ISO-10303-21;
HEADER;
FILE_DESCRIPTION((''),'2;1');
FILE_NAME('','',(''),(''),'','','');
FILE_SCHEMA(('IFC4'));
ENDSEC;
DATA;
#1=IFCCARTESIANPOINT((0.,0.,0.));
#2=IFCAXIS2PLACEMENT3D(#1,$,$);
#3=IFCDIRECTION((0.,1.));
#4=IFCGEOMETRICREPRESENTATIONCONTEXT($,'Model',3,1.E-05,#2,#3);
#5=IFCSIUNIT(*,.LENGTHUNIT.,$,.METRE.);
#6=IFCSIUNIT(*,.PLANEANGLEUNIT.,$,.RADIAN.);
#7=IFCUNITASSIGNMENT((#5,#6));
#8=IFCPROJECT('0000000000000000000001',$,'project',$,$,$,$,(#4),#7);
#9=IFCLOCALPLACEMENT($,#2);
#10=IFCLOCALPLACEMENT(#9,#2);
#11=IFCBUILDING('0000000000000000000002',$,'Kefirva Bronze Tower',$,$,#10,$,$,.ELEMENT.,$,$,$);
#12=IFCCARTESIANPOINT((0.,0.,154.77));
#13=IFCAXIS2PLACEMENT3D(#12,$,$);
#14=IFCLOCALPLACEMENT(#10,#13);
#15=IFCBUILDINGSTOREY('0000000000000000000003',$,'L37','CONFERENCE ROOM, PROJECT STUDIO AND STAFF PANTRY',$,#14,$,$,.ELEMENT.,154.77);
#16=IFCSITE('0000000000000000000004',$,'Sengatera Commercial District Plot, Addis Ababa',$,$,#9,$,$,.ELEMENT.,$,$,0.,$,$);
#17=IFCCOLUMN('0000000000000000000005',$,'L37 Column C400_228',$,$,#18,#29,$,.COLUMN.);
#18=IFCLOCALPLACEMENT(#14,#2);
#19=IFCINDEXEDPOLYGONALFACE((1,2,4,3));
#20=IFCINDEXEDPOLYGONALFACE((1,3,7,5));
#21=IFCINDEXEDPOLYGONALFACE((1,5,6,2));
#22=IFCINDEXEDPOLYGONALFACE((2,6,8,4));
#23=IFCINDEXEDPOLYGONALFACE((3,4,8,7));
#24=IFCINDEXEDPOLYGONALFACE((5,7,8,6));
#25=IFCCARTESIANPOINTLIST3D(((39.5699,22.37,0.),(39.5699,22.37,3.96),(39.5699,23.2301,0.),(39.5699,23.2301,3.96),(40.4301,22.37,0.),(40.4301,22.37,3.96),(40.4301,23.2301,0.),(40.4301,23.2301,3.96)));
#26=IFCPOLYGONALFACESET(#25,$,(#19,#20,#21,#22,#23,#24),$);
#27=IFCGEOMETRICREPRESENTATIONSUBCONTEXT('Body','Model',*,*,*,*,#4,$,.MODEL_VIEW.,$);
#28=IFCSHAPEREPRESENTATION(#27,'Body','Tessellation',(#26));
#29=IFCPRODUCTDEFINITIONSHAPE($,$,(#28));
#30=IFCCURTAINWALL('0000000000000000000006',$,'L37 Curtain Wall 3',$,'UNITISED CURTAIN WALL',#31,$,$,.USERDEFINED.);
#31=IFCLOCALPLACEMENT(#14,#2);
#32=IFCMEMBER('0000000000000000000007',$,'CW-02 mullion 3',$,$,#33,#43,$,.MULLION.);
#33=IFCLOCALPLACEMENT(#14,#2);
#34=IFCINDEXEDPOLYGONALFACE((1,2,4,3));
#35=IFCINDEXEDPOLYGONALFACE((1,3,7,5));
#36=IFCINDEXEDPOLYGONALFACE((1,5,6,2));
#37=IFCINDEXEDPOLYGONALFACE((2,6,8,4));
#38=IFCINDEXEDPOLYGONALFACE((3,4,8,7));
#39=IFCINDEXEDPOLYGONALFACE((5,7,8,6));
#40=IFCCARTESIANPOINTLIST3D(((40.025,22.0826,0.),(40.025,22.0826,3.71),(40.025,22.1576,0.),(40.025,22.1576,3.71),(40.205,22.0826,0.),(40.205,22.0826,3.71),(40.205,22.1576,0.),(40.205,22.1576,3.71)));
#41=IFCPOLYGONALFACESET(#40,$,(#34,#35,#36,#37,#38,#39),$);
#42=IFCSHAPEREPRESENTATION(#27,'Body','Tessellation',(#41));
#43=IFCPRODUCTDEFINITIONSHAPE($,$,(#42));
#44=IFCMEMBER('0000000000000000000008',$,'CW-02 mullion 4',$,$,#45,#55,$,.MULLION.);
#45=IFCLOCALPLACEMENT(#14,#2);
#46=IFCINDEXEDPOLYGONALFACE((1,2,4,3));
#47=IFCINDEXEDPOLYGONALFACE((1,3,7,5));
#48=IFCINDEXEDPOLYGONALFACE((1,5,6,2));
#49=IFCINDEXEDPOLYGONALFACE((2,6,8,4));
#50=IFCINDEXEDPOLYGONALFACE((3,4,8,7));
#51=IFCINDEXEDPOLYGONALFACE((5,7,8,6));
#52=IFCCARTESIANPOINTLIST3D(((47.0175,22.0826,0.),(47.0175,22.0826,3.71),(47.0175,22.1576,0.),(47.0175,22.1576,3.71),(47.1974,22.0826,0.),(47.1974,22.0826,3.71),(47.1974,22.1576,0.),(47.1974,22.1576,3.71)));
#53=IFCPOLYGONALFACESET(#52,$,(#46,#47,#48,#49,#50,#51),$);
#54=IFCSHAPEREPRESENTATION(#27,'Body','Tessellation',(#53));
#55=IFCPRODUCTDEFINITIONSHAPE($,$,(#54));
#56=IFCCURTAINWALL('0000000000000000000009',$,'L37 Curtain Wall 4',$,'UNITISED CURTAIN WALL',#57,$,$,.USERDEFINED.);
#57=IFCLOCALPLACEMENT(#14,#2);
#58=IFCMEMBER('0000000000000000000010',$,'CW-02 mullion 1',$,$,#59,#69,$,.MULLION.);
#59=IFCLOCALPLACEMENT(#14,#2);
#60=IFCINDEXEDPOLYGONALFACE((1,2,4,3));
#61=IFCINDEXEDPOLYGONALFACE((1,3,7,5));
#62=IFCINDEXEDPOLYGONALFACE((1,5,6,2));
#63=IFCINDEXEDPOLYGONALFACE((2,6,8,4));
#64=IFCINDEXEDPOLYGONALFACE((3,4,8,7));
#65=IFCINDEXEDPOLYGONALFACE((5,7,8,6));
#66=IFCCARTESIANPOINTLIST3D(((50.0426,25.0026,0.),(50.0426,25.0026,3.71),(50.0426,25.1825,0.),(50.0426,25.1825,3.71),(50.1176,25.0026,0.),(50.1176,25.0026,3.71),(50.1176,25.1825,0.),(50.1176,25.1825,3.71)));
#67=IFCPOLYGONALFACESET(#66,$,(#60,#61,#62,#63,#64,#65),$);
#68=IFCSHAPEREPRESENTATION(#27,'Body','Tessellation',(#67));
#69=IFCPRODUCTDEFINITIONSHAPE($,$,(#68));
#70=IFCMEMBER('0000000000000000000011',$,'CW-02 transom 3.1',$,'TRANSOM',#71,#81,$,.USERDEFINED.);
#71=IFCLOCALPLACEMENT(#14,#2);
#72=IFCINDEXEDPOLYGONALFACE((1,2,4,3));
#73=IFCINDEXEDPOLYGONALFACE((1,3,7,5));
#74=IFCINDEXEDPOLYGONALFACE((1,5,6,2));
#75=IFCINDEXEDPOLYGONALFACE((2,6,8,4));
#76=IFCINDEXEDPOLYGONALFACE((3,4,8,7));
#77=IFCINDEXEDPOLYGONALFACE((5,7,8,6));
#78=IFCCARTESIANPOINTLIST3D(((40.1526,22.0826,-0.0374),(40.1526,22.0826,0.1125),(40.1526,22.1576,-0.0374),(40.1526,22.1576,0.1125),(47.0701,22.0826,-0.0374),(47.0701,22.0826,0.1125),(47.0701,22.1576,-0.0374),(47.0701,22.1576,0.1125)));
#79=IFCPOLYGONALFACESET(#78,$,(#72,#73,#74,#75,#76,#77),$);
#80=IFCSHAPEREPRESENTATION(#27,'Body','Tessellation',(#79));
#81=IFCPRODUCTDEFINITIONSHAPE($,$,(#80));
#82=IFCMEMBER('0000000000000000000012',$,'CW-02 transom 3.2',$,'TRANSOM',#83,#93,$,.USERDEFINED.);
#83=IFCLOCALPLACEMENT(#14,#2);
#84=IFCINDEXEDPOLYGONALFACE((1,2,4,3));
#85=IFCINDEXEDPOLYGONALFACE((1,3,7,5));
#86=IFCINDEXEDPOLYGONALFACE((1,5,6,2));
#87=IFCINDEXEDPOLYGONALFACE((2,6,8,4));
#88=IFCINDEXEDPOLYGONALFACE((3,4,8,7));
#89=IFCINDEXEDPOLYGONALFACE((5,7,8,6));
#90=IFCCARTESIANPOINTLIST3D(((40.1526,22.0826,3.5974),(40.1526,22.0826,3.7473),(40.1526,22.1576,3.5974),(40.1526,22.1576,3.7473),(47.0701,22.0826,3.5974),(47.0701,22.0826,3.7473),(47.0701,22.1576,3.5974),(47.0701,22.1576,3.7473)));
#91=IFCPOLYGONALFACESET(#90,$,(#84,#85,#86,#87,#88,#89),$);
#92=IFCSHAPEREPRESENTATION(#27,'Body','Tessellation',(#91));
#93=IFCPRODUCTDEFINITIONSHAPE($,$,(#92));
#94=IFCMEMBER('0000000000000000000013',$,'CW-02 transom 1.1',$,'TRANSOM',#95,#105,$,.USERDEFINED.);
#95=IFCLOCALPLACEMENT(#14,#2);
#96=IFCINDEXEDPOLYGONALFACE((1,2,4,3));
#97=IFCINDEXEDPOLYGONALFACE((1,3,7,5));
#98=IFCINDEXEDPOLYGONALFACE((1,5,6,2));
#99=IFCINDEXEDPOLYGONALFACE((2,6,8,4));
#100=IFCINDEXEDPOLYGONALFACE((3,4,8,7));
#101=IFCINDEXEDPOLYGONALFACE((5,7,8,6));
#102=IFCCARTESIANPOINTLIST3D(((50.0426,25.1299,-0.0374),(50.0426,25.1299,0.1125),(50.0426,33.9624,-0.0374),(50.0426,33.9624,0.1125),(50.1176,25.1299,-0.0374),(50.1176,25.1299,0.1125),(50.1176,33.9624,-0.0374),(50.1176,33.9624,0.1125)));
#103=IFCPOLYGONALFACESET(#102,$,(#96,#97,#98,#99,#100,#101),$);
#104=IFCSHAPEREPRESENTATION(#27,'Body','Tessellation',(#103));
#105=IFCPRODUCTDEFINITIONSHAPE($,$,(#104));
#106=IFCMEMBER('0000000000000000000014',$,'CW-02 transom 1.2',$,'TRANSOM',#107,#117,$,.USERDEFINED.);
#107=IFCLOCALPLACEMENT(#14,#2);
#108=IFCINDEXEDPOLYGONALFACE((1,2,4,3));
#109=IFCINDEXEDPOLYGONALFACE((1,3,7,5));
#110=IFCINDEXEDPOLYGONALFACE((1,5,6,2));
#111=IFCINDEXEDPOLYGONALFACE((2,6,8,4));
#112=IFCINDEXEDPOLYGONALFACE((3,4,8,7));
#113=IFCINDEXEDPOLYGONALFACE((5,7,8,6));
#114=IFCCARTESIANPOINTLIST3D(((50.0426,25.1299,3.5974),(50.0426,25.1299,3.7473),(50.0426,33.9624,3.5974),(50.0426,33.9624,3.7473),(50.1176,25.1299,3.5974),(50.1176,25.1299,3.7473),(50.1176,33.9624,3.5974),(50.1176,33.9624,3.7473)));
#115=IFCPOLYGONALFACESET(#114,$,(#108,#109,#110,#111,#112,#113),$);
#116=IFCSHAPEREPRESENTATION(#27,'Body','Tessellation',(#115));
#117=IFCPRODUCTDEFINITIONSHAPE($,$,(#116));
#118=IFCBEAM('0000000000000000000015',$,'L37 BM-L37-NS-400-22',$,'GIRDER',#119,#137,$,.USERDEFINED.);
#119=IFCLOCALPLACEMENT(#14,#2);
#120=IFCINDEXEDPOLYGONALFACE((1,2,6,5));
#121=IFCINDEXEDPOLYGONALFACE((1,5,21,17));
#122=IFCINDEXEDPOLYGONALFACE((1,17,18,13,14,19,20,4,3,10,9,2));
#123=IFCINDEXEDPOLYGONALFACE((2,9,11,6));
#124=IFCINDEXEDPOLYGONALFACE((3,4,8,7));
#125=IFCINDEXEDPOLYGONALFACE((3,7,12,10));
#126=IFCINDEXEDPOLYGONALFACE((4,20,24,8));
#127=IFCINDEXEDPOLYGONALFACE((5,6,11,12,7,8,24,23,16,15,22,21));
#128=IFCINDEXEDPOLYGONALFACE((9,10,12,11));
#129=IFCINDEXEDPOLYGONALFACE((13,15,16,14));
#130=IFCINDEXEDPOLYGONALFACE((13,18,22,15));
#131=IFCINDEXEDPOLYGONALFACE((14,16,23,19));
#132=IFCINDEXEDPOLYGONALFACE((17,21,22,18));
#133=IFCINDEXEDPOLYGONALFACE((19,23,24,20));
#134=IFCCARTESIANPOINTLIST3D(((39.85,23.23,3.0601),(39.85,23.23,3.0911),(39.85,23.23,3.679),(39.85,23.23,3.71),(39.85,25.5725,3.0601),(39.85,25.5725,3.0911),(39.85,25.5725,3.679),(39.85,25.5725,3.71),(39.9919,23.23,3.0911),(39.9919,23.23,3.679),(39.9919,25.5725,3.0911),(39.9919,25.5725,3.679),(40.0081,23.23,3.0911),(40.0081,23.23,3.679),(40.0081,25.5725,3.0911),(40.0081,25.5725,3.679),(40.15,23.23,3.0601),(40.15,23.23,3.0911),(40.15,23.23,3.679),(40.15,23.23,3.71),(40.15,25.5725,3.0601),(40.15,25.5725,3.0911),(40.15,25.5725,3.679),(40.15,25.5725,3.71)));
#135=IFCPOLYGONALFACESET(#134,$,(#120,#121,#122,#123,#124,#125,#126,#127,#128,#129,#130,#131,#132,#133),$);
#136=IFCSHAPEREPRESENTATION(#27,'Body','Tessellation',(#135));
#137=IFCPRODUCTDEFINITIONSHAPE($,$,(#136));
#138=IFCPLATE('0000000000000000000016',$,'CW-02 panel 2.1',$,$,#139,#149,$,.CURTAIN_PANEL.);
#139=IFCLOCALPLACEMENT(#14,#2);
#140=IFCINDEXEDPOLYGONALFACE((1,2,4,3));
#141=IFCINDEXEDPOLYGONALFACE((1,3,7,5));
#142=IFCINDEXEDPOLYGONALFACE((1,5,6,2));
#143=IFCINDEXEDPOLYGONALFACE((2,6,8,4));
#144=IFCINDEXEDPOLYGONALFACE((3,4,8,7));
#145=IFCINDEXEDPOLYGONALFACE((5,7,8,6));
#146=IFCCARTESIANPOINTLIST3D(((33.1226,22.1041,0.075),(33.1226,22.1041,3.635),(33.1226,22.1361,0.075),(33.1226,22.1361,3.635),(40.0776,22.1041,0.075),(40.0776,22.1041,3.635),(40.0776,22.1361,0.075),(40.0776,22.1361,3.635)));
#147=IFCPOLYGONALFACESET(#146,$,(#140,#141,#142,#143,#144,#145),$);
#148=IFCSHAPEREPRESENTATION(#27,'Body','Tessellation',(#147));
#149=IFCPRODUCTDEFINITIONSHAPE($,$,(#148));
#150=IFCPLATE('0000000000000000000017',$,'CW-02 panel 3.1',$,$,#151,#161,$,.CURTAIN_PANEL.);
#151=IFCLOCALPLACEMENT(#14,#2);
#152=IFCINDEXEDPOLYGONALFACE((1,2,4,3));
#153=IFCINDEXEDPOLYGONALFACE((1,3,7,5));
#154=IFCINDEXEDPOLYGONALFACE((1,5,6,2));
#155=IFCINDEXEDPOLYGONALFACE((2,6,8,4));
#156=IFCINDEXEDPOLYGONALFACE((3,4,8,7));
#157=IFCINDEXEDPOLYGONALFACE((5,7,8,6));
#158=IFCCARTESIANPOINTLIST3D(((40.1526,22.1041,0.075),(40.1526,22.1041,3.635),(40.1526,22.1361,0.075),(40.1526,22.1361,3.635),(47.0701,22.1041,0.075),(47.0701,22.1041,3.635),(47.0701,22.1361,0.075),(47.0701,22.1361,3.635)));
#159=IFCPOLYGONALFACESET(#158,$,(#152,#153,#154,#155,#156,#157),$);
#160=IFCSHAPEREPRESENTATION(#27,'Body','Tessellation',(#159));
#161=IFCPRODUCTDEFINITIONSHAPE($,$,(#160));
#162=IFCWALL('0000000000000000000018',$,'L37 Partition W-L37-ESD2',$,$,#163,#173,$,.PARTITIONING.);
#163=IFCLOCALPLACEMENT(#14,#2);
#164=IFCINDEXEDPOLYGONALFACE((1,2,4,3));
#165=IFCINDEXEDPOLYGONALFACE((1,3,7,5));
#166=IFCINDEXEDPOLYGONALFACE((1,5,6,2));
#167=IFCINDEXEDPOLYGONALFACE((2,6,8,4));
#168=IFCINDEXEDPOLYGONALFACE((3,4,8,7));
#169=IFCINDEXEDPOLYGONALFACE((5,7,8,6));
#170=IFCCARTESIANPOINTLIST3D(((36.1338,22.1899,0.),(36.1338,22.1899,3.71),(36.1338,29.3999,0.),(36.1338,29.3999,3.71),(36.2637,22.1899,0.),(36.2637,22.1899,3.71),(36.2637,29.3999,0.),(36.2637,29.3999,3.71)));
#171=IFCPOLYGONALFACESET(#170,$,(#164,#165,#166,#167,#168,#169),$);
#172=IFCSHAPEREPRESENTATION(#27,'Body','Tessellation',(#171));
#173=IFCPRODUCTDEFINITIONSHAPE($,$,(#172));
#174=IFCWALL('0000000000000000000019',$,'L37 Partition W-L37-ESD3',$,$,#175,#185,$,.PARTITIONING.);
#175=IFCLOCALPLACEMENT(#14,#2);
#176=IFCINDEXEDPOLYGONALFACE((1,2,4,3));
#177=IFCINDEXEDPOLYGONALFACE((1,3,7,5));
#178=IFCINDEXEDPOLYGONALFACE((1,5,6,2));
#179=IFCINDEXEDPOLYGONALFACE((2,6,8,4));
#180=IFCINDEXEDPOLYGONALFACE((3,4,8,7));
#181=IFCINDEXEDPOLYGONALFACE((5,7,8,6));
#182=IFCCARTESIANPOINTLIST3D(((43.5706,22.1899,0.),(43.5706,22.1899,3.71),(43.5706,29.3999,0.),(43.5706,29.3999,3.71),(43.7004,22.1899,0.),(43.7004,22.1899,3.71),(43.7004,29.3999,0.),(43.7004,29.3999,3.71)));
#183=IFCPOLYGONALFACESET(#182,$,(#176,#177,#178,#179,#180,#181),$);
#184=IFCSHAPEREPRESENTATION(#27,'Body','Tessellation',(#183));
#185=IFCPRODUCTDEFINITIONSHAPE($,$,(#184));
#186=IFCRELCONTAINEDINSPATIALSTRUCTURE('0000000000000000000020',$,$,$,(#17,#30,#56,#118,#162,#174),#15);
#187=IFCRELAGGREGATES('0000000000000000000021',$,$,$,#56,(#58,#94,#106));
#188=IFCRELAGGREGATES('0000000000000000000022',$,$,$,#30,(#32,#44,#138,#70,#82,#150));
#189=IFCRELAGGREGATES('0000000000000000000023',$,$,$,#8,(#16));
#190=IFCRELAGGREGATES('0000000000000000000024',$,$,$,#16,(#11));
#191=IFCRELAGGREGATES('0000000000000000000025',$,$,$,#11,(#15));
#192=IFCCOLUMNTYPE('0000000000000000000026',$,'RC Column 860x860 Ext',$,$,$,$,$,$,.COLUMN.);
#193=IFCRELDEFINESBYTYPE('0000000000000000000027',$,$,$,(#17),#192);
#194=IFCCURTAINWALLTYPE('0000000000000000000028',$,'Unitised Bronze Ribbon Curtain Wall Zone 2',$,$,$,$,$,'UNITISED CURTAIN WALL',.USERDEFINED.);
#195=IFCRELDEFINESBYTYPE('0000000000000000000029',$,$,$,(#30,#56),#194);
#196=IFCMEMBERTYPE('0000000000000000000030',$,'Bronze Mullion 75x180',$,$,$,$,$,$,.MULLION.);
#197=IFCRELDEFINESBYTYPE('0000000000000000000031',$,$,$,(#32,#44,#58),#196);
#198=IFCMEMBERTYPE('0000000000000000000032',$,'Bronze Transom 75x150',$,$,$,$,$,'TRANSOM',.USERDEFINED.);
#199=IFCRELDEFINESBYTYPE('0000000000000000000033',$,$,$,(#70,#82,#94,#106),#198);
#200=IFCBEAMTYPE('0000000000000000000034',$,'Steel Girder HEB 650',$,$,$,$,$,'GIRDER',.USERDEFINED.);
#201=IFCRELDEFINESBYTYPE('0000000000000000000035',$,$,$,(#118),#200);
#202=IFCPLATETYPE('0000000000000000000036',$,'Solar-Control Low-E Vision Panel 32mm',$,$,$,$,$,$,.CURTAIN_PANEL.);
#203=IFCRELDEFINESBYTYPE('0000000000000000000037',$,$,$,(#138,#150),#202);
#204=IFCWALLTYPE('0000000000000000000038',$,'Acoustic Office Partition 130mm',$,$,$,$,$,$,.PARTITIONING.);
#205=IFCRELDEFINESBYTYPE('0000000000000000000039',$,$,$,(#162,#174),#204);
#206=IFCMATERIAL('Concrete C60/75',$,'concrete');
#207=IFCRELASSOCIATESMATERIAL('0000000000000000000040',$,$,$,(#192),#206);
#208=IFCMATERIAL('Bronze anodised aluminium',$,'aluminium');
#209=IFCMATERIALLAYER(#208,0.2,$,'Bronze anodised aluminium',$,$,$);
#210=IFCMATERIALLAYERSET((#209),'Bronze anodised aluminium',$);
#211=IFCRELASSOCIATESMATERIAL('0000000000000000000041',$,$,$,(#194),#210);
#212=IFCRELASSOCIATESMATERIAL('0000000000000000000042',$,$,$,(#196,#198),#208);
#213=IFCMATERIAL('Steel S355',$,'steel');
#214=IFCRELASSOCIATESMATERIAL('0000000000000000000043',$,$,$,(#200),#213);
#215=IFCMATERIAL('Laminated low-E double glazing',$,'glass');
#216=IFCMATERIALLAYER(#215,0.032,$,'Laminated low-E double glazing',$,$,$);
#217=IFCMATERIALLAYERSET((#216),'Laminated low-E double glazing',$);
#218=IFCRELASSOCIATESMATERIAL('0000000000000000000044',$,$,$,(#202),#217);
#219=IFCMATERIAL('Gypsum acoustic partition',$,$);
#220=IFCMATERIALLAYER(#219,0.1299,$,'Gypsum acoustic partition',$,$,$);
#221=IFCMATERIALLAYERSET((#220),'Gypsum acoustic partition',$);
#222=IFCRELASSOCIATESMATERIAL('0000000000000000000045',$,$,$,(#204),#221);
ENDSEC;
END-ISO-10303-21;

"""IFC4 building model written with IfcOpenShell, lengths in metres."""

from ifc_helpers import new_model, si_unit, direction, frame, frame_2d, origin, origin_2d, place, context, subcontext, project, spatial, rectangle, i_section, extrude, material, layer, layer_set, material_profile, profile_set, type_object, element, aggregate, save


model = new_model("IFC4")

# Units and contexts
model_context = context("Model", 3, precision=1e-05, world=origin(), true_north=direction((0.0, 1.0)))
body_context = subcontext(model_context, "Body", "Model", "MODEL_VIEW")
ifc_project = project(units=[si_unit("LENGTHUNIT", "METRE"), si_unit("PLANEANGLEUNIT", "RADIAN")], contexts=[model_context])

# Site, building, storey
site_placement = place(None, origin())
site = spatial("IfcSite", under=ifc_project, at=site_placement, Name="Sengatera Commercial District Plot, Addis Ababa", CompositionType="ELEMENT", RefElevation=0.0)
building_placement = place(site_placement, origin())
building = spatial("IfcBuilding", under=site, at=building_placement, Name="Kefirva Bronze Tower", CompositionType="ELEMENT")
storey_placement = place(building_placement, frame((0.0, 0.0, 154.77)))
storey = spatial("IfcBuildingStorey", under=building, at=storey_placement, Name="L37", Description="CONFERENCE ROOM, PROJECT STUDIO AND STAFF PANTRY", CompositionType="ELEMENT", Elevation=154.77)

# Column
ifc_material_1 = material(Name="Concrete C60/75", Category="concrete")
ifc_material_profile_1 = material_profile(ifc_material_1, rectangle(XDim=0.8601, YDim=0.8601, at=origin_2d()), Name="RC 860x860")
ifc_profile_set_1 = profile_set([ifc_material_profile_1], Name="Concrete C60/75")
column_type = type_object("IfcColumnType", Name="RC Column 860x860 Ext", PredefinedType="COLUMN", material=ifc_profile_set_1)
column_placement = place(storey_placement, frame((40.0, 22.8, 0.0), z_axis=(0.0, 0.0, 1.0), x_axis=(1.0, 0.0, 0.0)))
element("IfcColumn", 1, at=column_placement, inside=storey, type_object=column_type, Name="L37 Column C400_228", PredefinedType="COLUMN", context=body_context, shape_type="SweptSolid", body=[
    extrude(rectangle(XDim=0.8601, YDim=0.8601, at=origin_2d()), origin(), (0.0, 0.0, 1.0), 3.96),
])

# Curtain wall, members
ifc_material_2 = material(Name="Bronze anodised aluminium", Category="aluminium")
ifc_layer_1 = layer(ifc_material_2, 0.2, Name="Bronze anodised aluminium")
ifc_layer_set_1 = layer_set([ifc_layer_1], Name="Bronze anodised aluminium")
curtain_wall_type = type_object("IfcCurtainWallType", Name="Unitised Bronze Ribbon Curtain Wall Zone 2", ElementType="UNITISED CURTAIN WALL", PredefinedType="USERDEFINED", material=ifc_layer_set_1)
curtain_wall_1_placement = place(storey_placement, origin())
curtain_wall_1 = element("IfcCurtainWall", 2, at=curtain_wall_1_placement, inside=storey, type_object=curtain_wall_type, Name="L37 Curtain Wall 3", ObjectType="UNITISED CURTAIN WALL", PredefinedType="USERDEFINED")
ifc_material_profile_2 = material_profile(ifc_material_2, rectangle(XDim=0.075, YDim=0.1799, at=origin_2d()), Name="ALU 75x180")
ifc_profile_set_2 = profile_set([ifc_material_profile_2], Name="Bronze anodised aluminium")
member_type_1 = type_object("IfcMemberType", Name="Bronze Mullion 75x180", PredefinedType="MULLION", material=ifc_profile_set_2)
member_1_placement = place(storey_placement, frame((40.115, 22.1201, 0.0), z_axis=(0.0, 0.0, 1.0), x_axis=(0.0, 1.0, 0.0)))
member_1 = element("IfcMember", 3, at=member_1_placement, type_object=member_type_1, Name="CW-02 mullion 3", PredefinedType="MULLION", context=body_context, shape_type="SweptSolid", body=[
    extrude(rectangle(XDim=0.075, YDim=0.1799, at=origin_2d()), origin(), (0.0, 0.0, 1.0), 3.71),
])
member_2_placement = place(storey_placement, frame((47.1074, 22.1201, 0.0), z_axis=(0.0, 0.0, 1.0), x_axis=(0.0, 1.0, 0.0)))
member_2 = element("IfcMember", 4, at=member_2_placement, type_object=member_type_1, Name="CW-02 mullion 4", PredefinedType="MULLION", context=body_context, shape_type="SweptSolid", body=[
    extrude(rectangle(XDim=0.075, YDim=0.1799, at=origin_2d()), origin(), (0.0, 0.0, 1.0), 3.71),
])

# Curtain wall, member
curtain_wall_2_placement = place(storey_placement, origin())
curtain_wall_2 = element("IfcCurtainWall", 5, at=curtain_wall_2_placement, inside=storey, type_object=curtain_wall_type, Name="L37 Curtain Wall 4", ObjectType="UNITISED CURTAIN WALL", PredefinedType="USERDEFINED")
member_3_placement = place(storey_placement, frame((50.0801, 25.0925, 0.0), z_axis=(0.0, 0.0, 1.0), x_axis=(-1.0, 0.0, 0.0)))
member_3 = element("IfcMember", 6, at=member_3_placement, type_object=member_type_1, Name="CW-02 mullion 1", PredefinedType="MULLION", context=body_context, shape_type="SweptSolid", body=[
    extrude(rectangle(XDim=0.075, YDim=0.1799, at=origin_2d()), origin(), (0.0, 0.0, 1.0), 3.71),
])

# Members
ifc_material_profile_3 = material_profile(ifc_material_2, rectangle(XDim=0.075, YDim=0.1499, at=origin_2d()), Name="ALU 75x150")
ifc_profile_set_3 = profile_set([ifc_material_profile_3], Name="Bronze anodised aluminium")
member_type_2 = type_object("IfcMemberType", Name="Bronze Transom 75x150", ElementType="TRANSOM", PredefinedType="USERDEFINED", material=ifc_profile_set_3)
member_4_placement = place(storey_placement, frame((40.1526, 22.1201, 0.0376), z_axis=(1.0, 0.0, 0.0), x_axis=(0.0, 1.0, 0.0)))
member_4 = element("IfcMember", 7, at=member_4_placement, type_object=member_type_2, Name="CW-02 transom 3.1", ObjectType="TRANSOM", PredefinedType="USERDEFINED", context=body_context, shape_type="SweptSolid", body=[
    extrude(rectangle(XDim=0.075, YDim=0.1499, at=origin_2d()), origin(), (0.0, 0.0, 1.0), 6.9175),
])
member_5_placement = place(storey_placement, frame((40.1526, 22.1201, 3.6724), z_axis=(1.0, 0.0, 0.0), x_axis=(0.0, 1.0, 0.0)))
member_5 = element("IfcMember", 8, at=member_5_placement, type_object=member_type_2, Name="CW-02 transom 3.2", ObjectType="TRANSOM", PredefinedType="USERDEFINED", context=body_context, shape_type="SweptSolid", body=[
    extrude(rectangle(XDim=0.075, YDim=0.1499, at=origin_2d()), origin(), (0.0, 0.0, 1.0), 6.9175),
])
member_6_placement = place(storey_placement, frame((50.0801, 25.1299, 0.0376), z_axis=(0.0, 1.0, 0.0), x_axis=(-1.0, 0.0, 0.0)))
member_6 = element("IfcMember", 9, at=member_6_placement, type_object=member_type_2, Name="CW-02 transom 1.1", ObjectType="TRANSOM", PredefinedType="USERDEFINED", context=body_context, shape_type="SweptSolid", body=[
    extrude(rectangle(XDim=0.075, YDim=0.1499, at=origin_2d()), origin(), (0.0, 0.0, 1.0), 8.8325),
])
member_7_placement = place(storey_placement, frame((50.0801, 25.1299, 3.6724), z_axis=(0.0, 1.0, 0.0), x_axis=(-1.0, 0.0, 0.0)))
member_7 = element("IfcMember", 10, at=member_7_placement, type_object=member_type_2, Name="CW-02 transom 1.2", ObjectType="TRANSOM", PredefinedType="USERDEFINED", context=body_context, shape_type="SweptSolid", body=[
    extrude(rectangle(XDim=0.075, YDim=0.1499, at=origin_2d()), origin(), (0.0, 0.0, 1.0), 8.8325),
])
aggregate(curtain_wall_2, [member_3, member_6, member_7])

# Beam
ifc_material_3 = material(Name="Steel S355", Category="steel")
ifc_material_profile_4 = material_profile(ifc_material_3, i_section(OverallWidth=0.3, OverallDepth=0.6499, WebThickness=0.0161, FlangeThickness=0.031, at=origin_2d()), Name="HEB 650")
ifc_profile_set_4 = profile_set([ifc_material_profile_4], Name="Steel S355")
beam_type = type_object("IfcBeamType", Name="Steel Girder HEB 650", ElementType="GIRDER", PredefinedType="USERDEFINED", material=ifc_profile_set_4)
beam_placement = place(storey_placement, frame((40.0, 23.23, 3.385), z_axis=(0.0, 1.0, 0.0), x_axis=(-1.0, 0.0, 0.0)))
element("IfcBeam", 11, at=beam_placement, inside=storey, type_object=beam_type, Name="L37 BM-L37-NS-400-22", ObjectType="GIRDER", PredefinedType="USERDEFINED", context=body_context, shape_type="SweptSolid", body=[
    extrude(i_section(OverallWidth=0.3, OverallDepth=0.6499, WebThickness=0.0161, FlangeThickness=0.031, at=origin_2d()), origin(), (0.0, 0.0, 1.0), 2.3425),
])

# Plates
ifc_material_4 = material(Name="Laminated low-E double glazing", Category="glass")
ifc_layer_2 = layer(ifc_material_4, 0.032, Name="Laminated low-E double glazing")
ifc_layer_set_2 = layer_set([ifc_layer_2], Name="Laminated low-E double glazing")
plate_type = type_object("IfcPlateType", Name="Solar-Control Low-E Vision Panel 32mm", PredefinedType="CURTAIN_PANEL", material=ifc_layer_set_2)
plate_1_placement = place(storey_placement, frame((36.6001, 22.1201, 0.075), z_axis=(0.0, 0.0, 1.0), x_axis=(1.0, 0.0, 0.0)))
plate_1 = element("IfcPlate", 12, at=plate_1_placement, type_object=plate_type, Name="CW-02 panel 2.1", PredefinedType="CURTAIN_PANEL", context=body_context, shape_type="SweptSolid", body=[
    extrude(rectangle(XDim=6.9551, YDim=0.032, at=origin_2d()), origin(), (0.0, 0.0, 1.0), 3.5601),
])
plate_2_placement = place(storey_placement, frame((43.6113, 22.1201, 0.075), z_axis=(0.0, 0.0, 1.0), x_axis=(1.0, 0.0, 0.0)))
plate_2 = element("IfcPlate", 13, at=plate_2_placement, type_object=plate_type, Name="CW-02 panel 3.1", PredefinedType="CURTAIN_PANEL", context=body_context, shape_type="SweptSolid", body=[
    extrude(rectangle(XDim=6.9175, YDim=0.032, at=origin_2d()), origin(), (0.0, 0.0, 1.0), 3.5601),
])
aggregate(curtain_wall_1, [member_1, member_2, plate_1, member_4, member_5, plate_2])

# Walls
ifc_material_5 = material(Name="Gypsum acoustic partition")
ifc_layer_3 = layer(ifc_material_5, 0.1299, Name="Gypsum acoustic partition")
ifc_layer_set_3 = layer_set([ifc_layer_3], Name="Gypsum acoustic partition")
wall_type_1 = type_object("IfcWallType", Name="Acoustic Office Partition 130mm", PredefinedType="PARTITIONING", material=ifc_layer_set_3)
for number, where, z_axis, x_axis, name in (
    (14, (36.1987, 22.1899, 0.0), (0.0, 0.0, 1.0), (0.0, 1.0, 0.0), "L37 Partition W-L37-ESD2"),
    (15, (43.6355, 22.1899, 0.0), (0.0, 0.0, 1.0), (0.0, 1.0, 0.0), "L37 Partition W-L37-ESD3"),
):
    element("IfcWall", number, at=place(storey_placement, frame(where, z_axis=z_axis, x_axis=x_axis)), inside=storey, type_object=wall_type_1, Name=name, PredefinedType="PARTITIONING", context=body_context, shape_type="SweptSolid", body=[
        extrude(rectangle(XDim=7.21, YDim=0.1299, at=frame_2d((3.605, 0.0))), origin(), (0.0, 0.0, 1.0), 3.71),
    ])

save(model, "model.ifc")
